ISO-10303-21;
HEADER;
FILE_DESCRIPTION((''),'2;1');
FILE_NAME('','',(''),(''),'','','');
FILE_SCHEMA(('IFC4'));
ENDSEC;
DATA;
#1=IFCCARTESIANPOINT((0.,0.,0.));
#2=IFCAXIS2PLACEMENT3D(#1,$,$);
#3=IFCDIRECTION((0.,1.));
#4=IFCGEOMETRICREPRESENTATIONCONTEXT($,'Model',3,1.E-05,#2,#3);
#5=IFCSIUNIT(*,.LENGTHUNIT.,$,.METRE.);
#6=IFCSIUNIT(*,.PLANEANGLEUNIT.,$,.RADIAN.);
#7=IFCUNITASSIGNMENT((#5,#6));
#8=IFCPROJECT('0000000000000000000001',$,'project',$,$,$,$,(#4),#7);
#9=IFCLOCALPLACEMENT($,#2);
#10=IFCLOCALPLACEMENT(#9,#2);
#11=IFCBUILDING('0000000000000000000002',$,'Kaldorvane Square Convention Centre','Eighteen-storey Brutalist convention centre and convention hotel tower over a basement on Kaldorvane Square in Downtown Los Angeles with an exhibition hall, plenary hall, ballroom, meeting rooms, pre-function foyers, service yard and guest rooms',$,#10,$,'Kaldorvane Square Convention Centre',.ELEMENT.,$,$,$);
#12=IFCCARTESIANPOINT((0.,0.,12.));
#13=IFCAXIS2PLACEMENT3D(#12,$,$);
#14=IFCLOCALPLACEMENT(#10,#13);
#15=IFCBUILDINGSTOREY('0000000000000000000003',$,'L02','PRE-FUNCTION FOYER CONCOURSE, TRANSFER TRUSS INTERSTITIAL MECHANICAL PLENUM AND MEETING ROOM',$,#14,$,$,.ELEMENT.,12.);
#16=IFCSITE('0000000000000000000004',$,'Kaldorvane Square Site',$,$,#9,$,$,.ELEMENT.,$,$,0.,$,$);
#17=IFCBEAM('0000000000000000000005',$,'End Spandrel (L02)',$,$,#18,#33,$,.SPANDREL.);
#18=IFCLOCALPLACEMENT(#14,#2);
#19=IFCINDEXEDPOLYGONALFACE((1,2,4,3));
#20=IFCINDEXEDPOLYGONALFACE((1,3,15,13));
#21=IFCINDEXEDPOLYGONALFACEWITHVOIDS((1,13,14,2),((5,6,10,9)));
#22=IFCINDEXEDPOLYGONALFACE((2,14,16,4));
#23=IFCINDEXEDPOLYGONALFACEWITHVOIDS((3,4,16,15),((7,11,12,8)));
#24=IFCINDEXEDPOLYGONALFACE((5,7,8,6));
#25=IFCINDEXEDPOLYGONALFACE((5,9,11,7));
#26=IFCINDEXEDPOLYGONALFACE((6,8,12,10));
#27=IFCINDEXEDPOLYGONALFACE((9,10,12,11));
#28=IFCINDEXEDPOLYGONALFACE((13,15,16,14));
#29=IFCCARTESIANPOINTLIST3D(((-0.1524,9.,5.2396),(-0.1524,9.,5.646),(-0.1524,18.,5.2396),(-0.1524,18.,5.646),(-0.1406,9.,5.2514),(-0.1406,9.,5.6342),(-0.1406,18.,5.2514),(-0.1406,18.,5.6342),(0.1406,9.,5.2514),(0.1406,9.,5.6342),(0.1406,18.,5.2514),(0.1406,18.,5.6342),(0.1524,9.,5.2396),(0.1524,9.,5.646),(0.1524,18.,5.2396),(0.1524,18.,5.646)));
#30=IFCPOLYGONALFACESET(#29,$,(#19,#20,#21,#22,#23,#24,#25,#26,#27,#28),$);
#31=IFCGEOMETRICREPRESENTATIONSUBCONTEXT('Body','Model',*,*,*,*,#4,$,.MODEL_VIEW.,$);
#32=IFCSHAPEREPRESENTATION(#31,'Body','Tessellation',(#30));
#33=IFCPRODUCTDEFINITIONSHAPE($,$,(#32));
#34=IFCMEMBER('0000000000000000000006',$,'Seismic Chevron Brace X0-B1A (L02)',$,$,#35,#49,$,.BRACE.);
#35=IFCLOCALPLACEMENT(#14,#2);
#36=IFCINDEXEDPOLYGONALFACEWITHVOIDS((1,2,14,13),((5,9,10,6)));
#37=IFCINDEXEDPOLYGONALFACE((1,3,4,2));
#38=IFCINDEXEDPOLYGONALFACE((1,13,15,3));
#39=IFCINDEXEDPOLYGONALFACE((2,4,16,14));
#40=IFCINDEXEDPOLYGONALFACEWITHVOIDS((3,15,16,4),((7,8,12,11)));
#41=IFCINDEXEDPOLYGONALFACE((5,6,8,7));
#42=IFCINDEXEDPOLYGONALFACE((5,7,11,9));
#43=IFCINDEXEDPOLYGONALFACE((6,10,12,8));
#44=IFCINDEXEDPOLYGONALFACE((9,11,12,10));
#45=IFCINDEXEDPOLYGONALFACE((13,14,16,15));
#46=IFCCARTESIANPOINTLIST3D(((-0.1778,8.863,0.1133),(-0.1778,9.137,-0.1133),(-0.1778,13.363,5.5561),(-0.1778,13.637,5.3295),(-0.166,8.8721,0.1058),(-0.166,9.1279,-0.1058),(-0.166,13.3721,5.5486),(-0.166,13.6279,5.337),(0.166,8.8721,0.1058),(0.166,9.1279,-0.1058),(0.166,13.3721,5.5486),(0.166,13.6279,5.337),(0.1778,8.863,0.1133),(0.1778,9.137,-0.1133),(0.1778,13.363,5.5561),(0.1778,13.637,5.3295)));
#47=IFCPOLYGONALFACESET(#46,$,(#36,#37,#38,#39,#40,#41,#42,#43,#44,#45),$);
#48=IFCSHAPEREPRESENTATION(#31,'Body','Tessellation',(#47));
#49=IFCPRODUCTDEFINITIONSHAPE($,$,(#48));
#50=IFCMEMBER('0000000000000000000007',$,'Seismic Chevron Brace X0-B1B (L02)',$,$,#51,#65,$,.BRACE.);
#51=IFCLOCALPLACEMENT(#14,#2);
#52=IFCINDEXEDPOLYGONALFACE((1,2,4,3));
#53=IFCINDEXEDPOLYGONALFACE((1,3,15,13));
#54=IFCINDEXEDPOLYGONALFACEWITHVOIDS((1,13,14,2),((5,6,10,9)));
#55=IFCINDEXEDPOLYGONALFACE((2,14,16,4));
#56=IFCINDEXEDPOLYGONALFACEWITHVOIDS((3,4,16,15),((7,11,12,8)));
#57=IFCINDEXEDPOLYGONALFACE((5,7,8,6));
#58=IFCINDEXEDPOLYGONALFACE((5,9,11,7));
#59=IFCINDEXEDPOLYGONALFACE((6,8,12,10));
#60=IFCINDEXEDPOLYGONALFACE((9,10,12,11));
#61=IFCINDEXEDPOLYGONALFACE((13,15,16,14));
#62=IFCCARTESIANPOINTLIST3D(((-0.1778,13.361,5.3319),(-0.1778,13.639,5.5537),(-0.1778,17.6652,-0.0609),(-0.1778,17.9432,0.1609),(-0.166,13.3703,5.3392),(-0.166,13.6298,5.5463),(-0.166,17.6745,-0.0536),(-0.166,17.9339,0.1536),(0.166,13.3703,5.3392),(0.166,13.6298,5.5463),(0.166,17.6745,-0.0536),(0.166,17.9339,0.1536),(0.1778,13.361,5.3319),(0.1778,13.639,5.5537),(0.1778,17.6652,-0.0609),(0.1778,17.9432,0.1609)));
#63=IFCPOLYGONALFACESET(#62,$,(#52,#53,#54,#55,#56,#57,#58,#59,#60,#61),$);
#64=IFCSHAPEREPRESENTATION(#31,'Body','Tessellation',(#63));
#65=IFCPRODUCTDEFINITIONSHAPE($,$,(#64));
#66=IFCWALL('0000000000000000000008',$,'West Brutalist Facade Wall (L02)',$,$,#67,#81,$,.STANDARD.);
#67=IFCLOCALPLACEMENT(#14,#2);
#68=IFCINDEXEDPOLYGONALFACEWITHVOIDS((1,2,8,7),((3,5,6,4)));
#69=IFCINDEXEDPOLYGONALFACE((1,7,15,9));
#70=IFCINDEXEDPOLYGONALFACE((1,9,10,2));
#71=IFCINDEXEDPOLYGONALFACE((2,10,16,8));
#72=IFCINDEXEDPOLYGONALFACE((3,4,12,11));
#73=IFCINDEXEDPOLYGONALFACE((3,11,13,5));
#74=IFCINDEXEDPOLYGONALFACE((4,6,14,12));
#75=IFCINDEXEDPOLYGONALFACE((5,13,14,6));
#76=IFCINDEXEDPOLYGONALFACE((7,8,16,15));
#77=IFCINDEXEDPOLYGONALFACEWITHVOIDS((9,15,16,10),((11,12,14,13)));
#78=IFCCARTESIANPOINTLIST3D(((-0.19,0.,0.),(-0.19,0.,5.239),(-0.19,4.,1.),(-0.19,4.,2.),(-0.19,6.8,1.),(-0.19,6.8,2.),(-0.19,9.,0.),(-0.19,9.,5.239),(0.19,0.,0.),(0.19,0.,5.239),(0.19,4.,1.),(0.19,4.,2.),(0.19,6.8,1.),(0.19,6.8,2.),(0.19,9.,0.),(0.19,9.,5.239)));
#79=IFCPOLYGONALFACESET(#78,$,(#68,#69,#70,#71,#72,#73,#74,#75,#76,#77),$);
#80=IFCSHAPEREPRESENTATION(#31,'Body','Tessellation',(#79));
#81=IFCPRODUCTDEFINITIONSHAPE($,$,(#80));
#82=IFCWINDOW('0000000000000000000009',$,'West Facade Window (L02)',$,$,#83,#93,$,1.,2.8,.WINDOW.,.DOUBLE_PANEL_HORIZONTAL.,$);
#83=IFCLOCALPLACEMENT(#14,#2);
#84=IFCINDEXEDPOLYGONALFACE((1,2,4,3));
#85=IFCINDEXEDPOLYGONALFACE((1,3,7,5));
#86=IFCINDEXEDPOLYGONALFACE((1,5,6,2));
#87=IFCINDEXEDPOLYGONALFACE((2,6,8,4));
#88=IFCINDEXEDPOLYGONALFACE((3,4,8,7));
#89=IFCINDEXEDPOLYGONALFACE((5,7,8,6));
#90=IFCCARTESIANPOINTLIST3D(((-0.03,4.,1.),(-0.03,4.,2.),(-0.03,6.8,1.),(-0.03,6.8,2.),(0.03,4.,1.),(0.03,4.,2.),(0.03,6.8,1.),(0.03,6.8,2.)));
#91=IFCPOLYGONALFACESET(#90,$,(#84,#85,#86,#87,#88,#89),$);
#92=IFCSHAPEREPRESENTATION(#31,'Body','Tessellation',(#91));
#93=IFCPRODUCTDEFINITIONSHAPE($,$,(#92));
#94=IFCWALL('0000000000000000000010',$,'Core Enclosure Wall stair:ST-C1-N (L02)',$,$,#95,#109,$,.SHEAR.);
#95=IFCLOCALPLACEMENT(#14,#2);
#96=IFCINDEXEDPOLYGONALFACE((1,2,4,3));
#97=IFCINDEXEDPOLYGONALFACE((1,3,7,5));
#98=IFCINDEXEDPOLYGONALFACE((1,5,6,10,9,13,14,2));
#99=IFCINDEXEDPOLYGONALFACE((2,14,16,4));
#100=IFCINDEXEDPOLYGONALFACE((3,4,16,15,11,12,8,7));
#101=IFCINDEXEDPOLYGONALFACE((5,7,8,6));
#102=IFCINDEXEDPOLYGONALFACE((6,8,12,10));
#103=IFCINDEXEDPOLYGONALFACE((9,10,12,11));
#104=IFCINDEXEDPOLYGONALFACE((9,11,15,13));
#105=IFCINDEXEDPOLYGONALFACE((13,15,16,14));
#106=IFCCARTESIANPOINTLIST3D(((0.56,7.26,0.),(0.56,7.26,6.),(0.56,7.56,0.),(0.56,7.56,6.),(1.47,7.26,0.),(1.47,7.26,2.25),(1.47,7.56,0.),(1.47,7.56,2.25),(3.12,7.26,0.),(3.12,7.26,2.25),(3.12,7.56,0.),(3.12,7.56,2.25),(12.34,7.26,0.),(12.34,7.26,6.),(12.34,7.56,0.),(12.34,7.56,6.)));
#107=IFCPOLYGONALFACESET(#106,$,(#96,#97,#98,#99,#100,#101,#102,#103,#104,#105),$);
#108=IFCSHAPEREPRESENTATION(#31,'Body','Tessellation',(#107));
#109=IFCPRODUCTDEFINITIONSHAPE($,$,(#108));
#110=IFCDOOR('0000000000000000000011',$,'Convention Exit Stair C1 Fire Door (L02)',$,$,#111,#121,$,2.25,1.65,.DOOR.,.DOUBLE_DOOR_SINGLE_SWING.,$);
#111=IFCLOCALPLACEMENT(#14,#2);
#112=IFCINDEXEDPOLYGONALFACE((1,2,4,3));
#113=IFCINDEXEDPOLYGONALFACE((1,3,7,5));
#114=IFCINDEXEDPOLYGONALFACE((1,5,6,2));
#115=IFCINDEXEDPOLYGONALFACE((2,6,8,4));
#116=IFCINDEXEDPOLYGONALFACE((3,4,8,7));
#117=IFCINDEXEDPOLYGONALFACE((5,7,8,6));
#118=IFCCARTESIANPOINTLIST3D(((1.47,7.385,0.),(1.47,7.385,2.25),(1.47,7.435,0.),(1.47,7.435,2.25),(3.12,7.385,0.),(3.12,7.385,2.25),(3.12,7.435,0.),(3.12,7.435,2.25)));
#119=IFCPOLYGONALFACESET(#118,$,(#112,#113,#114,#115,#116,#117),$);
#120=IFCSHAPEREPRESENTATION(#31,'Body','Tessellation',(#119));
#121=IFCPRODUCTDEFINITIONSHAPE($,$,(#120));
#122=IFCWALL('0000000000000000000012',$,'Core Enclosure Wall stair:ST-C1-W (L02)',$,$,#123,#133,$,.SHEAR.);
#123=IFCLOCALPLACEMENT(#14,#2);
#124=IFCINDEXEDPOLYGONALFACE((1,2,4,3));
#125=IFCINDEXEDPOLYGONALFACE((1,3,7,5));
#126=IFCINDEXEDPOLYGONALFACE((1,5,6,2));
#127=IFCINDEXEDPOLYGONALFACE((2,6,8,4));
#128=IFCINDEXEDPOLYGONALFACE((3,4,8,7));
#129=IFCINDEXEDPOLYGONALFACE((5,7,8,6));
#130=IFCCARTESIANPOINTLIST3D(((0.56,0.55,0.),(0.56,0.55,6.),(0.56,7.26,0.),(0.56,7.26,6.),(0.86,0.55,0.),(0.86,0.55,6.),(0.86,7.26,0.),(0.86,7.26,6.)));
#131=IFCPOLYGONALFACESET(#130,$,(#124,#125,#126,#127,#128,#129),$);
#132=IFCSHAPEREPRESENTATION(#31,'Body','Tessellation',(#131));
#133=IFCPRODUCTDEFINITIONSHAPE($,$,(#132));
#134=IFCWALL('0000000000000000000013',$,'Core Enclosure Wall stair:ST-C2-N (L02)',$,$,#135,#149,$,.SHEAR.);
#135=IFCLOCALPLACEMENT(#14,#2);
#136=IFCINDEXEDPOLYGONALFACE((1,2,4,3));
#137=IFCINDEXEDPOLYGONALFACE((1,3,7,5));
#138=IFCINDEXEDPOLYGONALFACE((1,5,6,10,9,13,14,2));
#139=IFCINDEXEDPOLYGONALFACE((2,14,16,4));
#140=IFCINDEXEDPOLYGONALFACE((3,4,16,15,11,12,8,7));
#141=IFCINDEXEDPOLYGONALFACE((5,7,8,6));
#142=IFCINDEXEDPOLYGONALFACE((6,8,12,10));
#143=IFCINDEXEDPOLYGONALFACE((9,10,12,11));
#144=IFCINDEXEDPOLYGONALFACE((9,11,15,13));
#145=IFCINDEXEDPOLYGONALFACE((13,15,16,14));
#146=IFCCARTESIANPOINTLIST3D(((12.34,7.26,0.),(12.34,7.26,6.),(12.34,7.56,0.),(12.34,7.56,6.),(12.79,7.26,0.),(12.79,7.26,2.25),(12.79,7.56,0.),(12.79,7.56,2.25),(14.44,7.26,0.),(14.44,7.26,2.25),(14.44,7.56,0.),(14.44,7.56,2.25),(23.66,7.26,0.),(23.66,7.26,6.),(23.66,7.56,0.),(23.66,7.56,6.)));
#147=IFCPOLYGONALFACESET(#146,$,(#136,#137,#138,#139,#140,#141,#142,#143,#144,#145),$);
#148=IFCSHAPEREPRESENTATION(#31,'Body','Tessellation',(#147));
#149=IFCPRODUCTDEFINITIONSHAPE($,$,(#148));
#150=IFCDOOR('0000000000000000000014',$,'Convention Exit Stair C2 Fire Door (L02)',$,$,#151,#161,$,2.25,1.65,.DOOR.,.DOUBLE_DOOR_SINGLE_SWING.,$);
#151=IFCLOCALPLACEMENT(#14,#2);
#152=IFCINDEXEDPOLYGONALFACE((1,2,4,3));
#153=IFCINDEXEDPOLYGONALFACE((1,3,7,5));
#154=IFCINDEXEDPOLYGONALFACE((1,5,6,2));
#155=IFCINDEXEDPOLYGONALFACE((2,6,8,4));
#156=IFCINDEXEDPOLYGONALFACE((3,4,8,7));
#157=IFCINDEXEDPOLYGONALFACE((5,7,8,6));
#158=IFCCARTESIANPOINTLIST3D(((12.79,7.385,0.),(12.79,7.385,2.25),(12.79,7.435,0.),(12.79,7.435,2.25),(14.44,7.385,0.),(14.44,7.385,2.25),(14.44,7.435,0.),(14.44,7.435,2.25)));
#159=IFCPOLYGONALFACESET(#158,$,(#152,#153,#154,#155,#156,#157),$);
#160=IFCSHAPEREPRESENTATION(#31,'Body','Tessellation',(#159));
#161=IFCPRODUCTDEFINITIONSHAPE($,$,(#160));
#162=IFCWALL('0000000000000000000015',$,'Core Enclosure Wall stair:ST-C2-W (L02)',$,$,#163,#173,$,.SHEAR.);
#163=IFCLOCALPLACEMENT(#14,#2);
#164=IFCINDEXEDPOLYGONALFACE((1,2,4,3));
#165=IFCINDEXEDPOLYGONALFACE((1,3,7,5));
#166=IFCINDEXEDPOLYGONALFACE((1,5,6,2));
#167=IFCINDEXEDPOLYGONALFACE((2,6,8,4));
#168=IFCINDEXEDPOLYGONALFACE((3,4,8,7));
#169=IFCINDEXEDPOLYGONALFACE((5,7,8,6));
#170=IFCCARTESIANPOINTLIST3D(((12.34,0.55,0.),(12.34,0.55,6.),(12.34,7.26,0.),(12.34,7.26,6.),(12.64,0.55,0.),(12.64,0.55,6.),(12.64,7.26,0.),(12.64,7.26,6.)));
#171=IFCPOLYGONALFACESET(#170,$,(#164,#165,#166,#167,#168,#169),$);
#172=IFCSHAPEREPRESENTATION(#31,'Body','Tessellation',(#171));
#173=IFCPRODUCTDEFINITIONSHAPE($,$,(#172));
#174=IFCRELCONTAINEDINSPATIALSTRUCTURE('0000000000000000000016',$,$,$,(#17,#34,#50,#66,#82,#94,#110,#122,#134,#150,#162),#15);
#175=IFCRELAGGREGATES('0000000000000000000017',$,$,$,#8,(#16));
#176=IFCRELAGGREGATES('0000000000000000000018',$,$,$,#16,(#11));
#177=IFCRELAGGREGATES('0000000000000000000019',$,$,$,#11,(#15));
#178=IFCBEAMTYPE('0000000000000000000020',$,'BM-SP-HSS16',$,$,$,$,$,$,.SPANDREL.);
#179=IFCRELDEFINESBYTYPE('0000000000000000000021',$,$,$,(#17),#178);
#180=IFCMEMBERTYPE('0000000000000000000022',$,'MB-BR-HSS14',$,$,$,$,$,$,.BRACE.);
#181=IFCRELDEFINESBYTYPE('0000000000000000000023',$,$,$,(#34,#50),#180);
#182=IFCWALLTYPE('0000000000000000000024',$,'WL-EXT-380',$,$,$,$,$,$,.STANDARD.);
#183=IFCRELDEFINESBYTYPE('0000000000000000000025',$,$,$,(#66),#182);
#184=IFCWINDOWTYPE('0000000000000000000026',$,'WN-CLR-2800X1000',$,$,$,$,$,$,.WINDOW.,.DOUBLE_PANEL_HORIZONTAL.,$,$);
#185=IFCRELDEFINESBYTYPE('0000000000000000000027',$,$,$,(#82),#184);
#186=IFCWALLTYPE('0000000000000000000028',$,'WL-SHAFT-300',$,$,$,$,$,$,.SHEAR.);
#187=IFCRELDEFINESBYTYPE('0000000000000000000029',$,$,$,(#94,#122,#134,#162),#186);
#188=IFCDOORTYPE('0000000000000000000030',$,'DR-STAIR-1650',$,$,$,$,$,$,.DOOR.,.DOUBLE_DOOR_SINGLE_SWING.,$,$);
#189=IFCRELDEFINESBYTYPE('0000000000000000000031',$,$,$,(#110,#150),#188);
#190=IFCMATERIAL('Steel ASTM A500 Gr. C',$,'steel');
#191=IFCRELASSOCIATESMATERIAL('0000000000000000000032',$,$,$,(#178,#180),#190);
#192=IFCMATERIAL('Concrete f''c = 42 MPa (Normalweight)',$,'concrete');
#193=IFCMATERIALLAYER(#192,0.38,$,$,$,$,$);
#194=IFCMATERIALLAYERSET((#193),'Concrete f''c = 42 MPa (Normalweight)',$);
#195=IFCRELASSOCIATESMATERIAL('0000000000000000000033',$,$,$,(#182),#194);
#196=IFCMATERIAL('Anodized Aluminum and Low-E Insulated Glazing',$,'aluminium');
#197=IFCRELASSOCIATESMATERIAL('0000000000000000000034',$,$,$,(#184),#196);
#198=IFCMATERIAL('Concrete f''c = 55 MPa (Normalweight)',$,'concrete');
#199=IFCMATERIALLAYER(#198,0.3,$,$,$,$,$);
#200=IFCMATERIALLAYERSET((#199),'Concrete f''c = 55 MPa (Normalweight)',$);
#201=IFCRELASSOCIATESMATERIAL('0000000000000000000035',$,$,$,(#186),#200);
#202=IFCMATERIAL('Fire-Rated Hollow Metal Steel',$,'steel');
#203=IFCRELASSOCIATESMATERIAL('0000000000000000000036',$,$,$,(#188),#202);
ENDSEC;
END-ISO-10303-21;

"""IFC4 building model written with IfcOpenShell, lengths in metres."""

from ifc_helpers import new_model, si_unit, direction, frame, frame_2d, origin, origin_2d, place, context, subcontext, project, spatial, rectangle, hollow_rectangle, extrude, material, layer, layer_set, material_profile, profile_set, type_object, element, fill, save


model = new_model("IFC4")

# Units and contexts
model_context = context("Model", 3, precision=1e-05, world=origin(), true_north=direction((0.0, 1.0)))
body_context = subcontext(model_context, "Body", "Model", "MODEL_VIEW")
ifc_project = project(units=[si_unit("LENGTHUNIT", "METRE"), si_unit("PLANEANGLEUNIT", "RADIAN")], contexts=[model_context])

# Site, building, storey
site_placement = place(None, origin())
site = spatial("IfcSite", under=ifc_project, at=site_placement, Name="Kaldorvane Square Site", CompositionType="ELEMENT", RefElevation=0.0)
building_placement = place(site_placement, origin())
building = spatial("IfcBuilding", under=site, at=building_placement, Name="Kaldorvane Square Convention Centre", Description="Eighteen-storey Brutalist convention centre and convention hotel tower over a basement on Kaldorvane Square in Downtown Los Angeles with an exhibition hall, plenary hall, ballroom, meeting rooms, pre-function foyers, service yard and guest rooms", LongName="Kaldorvane Square Convention Centre", CompositionType="ELEMENT")
storey_placement = place(building_placement, frame((0.0, 0.0, 12.0)))
storey = spatial("IfcBuildingStorey", under=building, at=storey_placement, Name="L02", Description="PRE-FUNCTION FOYER CONCOURSE, TRANSFER TRUSS INTERSTITIAL MECHANICAL PLENUM AND MEETING ROOM", CompositionType="ELEMENT", Elevation=12.0)

# Shared definitions
ifc_material_1 = material(Name="Steel ASTM A500 Gr. C", Category="steel")

# Beam
ifc_material_profile_1 = material_profile(ifc_material_1, hollow_rectangle(XDim=0.3048, YDim=0.4064, WallThickness=0.0118, at=origin_2d()), Name="HSS16X12X1/2")
ifc_profile_set_1 = profile_set([ifc_material_profile_1], Name="Steel ASTM A500 Gr. C")
beam_type_1 = type_object("IfcBeamType", Name="BM-SP-HSS16", PredefinedType="SPANDREL", material=ifc_profile_set_1)
beam_1_placement = place(storey_placement, frame((0.0, 9.0, 5.4428), z_axis=(0.0, 1.0, 0.0), x_axis=(-1.0, 0.0, 0.0)))
element("IfcBeam", 1, at=beam_1_placement, inside=storey, type_object=beam_type_1, Name="End Spandrel (L02)", PredefinedType="SPANDREL", context=body_context, shape_type="SweptSolid", body=[
    extrude(hollow_rectangle(XDim=0.3048, YDim=0.4064, WallThickness=0.0118, at=origin_2d()), origin(), (0.0, 0.0, 1.0), 9.0),
])

# Members
ifc_material_profile_2 = material_profile(ifc_material_1, hollow_rectangle(XDim=0.3556, YDim=0.3556, WallThickness=0.0118, at=origin_2d()), Name="HSS14X14X1/2")
ifc_profile_set_2 = profile_set([ifc_material_profile_2], Name="Steel ASTM A500 Gr. C")
member_type = type_object("IfcMemberType", Name="MB-BR-HSS14", PredefinedType="BRACE", material=ifc_profile_set_2)
member_1_placement = place(storey_placement, frame((0.0, 9.0, 0.0), z_axis=(0.0, 0.637199, 0.770699), x_axis=(-1.0, 0.0, 0.0)))
element("IfcMember", 2, at=member_1_placement, inside=storey, type_object=member_type, Name="Seismic Chevron Brace X0-B1A (L02)", PredefinedType="BRACE", context=body_context, shape_type="SweptSolid", body=[
    extrude(hollow_rectangle(XDim=0.3556, YDim=0.3556, WallThickness=0.0118, at=origin_2d()), origin(), (0.0, 0.0, 1.0), 7.0621),
])
member_2_placement = place(storey_placement, frame((0.0, 17.8042, 0.05), z_axis=(0.0, -0.623808, 0.781578), x_axis=(1.0, 0.0, 0.0)))
element("IfcMember", 3, at=member_2_placement, inside=storey, type_object=member_type, Name="Seismic Chevron Brace X0-B1B (L02)", PredefinedType="BRACE", context=body_context, shape_type="SweptSolid", body=[
    extrude(hollow_rectangle(XDim=0.3556, YDim=0.3556, WallThickness=0.0118, at=origin_2d()), origin(), (0.0, 0.0, 1.0), 6.8999),
])

# Wall, opening, window
ifc_material_2 = material(Name="Concrete f'c = 42 MPa (Normalweight)", Category="concrete")
ifc_layer_1 = layer(ifc_material_2, 0.38)
ifc_layer_set_1 = layer_set([ifc_layer_1], Name="Concrete f'c = 42 MPa (Normalweight)")
wall_type_1 = type_object("IfcWallType", Name="WL-EXT-380", PredefinedType="STANDARD", material=ifc_layer_set_1)
wall_1_placement = place(storey_placement, frame((0.0, 9.0, 0.0), z_axis=(0.0, 0.0, 1.0), x_axis=(0.0, -1.0, 0.0)))
wall_1 = element("IfcWall", 4, at=wall_1_placement, inside=storey, type_object=wall_type_1, Name="West Brutalist Facade Wall (L02)", PredefinedType="STANDARD", context=body_context, shape_type="SweptSolid", body=[
    extrude(rectangle(XDim=9.0, YDim=0.38, at=frame_2d((4.5, 0.0))), origin(), (0.0, 0.0, 1.0), 5.239),
])
opening_1_placement = place(wall_1_placement, frame((2.2, 0.0, 1.0)))
opening_1 = element("IfcOpeningElement", 5, at=opening_1_placement, cuts=wall_1, PredefinedType="OPENING", context=body_context, shape_type="SweptSolid", body=[
    extrude(rectangle(XDim=2.8, YDim=1.0, at=frame_2d((1.4, 0.5))), frame((0.0, 0.205, 0.0), z_axis=(0.0, -1.0, 0.0), x_axis=(1.0, 0.0, 0.0)), (0.0, 0.0, 1.0), 0.41),
])
ifc_material_3 = material(Name="Anodized Aluminum and Low-E Insulated Glazing", Category="aluminium")
window_type = type_object("IfcWindowType", Name="WN-CLR-2800X1000", PartitioningType="DOUBLE_PANEL_HORIZONTAL", PredefinedType="WINDOW", material=ifc_material_3)
window_placement = place(opening_1_placement, origin())
window = element("IfcWindow", 6, at=window_placement, inside=storey, type_object=window_type, Name="West Facade Window (L02)", OverallHeight=1.0, OverallWidth=2.8, PartitioningType="DOUBLE_PANEL_HORIZONTAL", PredefinedType="WINDOW", context=body_context, shape_type="SweptSolid", body=[
    extrude(rectangle(XDim=2.8, YDim=1.0, at=frame_2d((1.4, 0.5))), frame((0.0, 0.03, 0.0), z_axis=(0.0, -1.0, 0.0), x_axis=(1.0, 0.0, 0.0)), (0.0, 0.0, 1.0), 0.06),
])
fill(opening_1, window)

# Wall, opening, door
ifc_material_4 = material(Name="Concrete f'c = 55 MPa (Normalweight)", Category="concrete")
ifc_layer_2 = layer(ifc_material_4, 0.3)
ifc_layer_set_2 = layer_set([ifc_layer_2], Name="Concrete f'c = 55 MPa (Normalweight)")
wall_type_2 = type_object("IfcWallType", Name="WL-SHAFT-300", PredefinedType="SHEAR", material=ifc_layer_set_2)
wall_2_placement = place(storey_placement, frame((12.34, 7.41, 0.0), z_axis=(0.0, 0.0, 1.0), x_axis=(-1.0, 0.0, 0.0)))
wall_2 = element("IfcWall", 7, at=wall_2_placement, inside=storey, type_object=wall_type_2, Name="Core Enclosure Wall stair:ST-C1-N (L02)", PredefinedType="SHEAR", context=body_context, shape_type="SweptSolid", body=[
    extrude(rectangle(XDim=11.78, YDim=0.3, at=frame_2d((5.89, 0.0))), origin(), (0.0, 0.0, 1.0), 6.0),
])
opening_2_placement = place(wall_2_placement, frame((9.22, 0.0, 0.0)))
opening_2 = element("IfcOpeningElement", 8, at=opening_2_placement, cuts=wall_2, PredefinedType="OPENING", context=body_context, shape_type="SweptSolid", body=[
    extrude(rectangle(XDim=1.65, YDim=2.25, at=frame_2d((0.825, 1.125))), frame((0.0, 0.165, 0.0), z_axis=(0.0, -1.0, 0.0), x_axis=(1.0, 0.0, 0.0)), (0.0, 0.0, 1.0), 0.33),
])
ifc_material_5 = material(Name="Fire-Rated Hollow Metal Steel", Category="steel")
door_type = type_object("IfcDoorType", Name="DR-STAIR-1650", OperationType="DOUBLE_DOOR_SINGLE_SWING", PredefinedType="DOOR", material=ifc_material_5)
door_1_placement = place(opening_2_placement, origin())
door_1 = element("IfcDoor", 9, at=door_1_placement, inside=storey, type_object=door_type, Name="Convention Exit Stair C1 Fire Door (L02)", OperationType="DOUBLE_DOOR_SINGLE_SWING", OverallHeight=2.25, OverallWidth=1.65, PredefinedType="DOOR", context=body_context, shape_type="SweptSolid", body=[
    extrude(rectangle(XDim=1.65, YDim=2.25, at=frame_2d((0.825, 1.125))), frame((0.0, 0.025, 0.0), z_axis=(0.0, -1.0, 0.0), x_axis=(1.0, 0.0, 0.0)), (0.0, 0.0, 1.0), 0.05),
])
fill(opening_2, door_1)

# Wall
wall_3_placement = place(storey_placement, frame((0.71, 7.26, 0.0), z_axis=(0.0, 0.0, 1.0), x_axis=(0.0, -1.0, 0.0)))
element("IfcWall", 10, at=wall_3_placement, inside=storey, type_object=wall_type_2, Name="Core Enclosure Wall stair:ST-C1-W (L02)", PredefinedType="SHEAR", context=body_context, shape_type="SweptSolid", body=[
    extrude(rectangle(XDim=6.71, YDim=0.3, at=frame_2d((3.355, 0.0))), origin(), (0.0, 0.0, 1.0), 6.0),
])

# Wall, opening, door
wall_4_placement = place(storey_placement, frame((23.66, 7.41, 0.0), z_axis=(0.0, 0.0, 1.0), x_axis=(-1.0, 0.0, 0.0)))
wall_4 = element("IfcWall", 11, at=wall_4_placement, inside=storey, type_object=wall_type_2, Name="Core Enclosure Wall stair:ST-C2-N (L02)", PredefinedType="SHEAR", context=body_context, shape_type="SweptSolid", body=[
    extrude(rectangle(XDim=11.32, YDim=0.3, at=frame_2d((5.66, 0.0))), origin(), (0.0, 0.0, 1.0), 6.0),
])
opening_3_placement = place(wall_4_placement, frame((9.22, 0.0, 0.0)))
opening_3 = element("IfcOpeningElement", 12, at=opening_3_placement, cuts=wall_4, PredefinedType="OPENING", context=body_context, shape_type="SweptSolid", body=[
    extrude(rectangle(XDim=1.65, YDim=2.25, at=frame_2d((0.825, 1.125))), frame((0.0, 0.165, 0.0), z_axis=(0.0, -1.0, 0.0), x_axis=(1.0, 0.0, 0.0)), (0.0, 0.0, 1.0), 0.33),
])
door_2_placement = place(opening_3_placement, origin())
door_2 = element("IfcDoor", 13, at=door_2_placement, inside=storey, type_object=door_type, Name="Convention Exit Stair C2 Fire Door (L02)", OperationType="DOUBLE_DOOR_SINGLE_SWING", OverallHeight=2.25, OverallWidth=1.65, PredefinedType="DOOR", context=body_context, shape_type="SweptSolid", body=[
    extrude(rectangle(XDim=1.65, YDim=2.25, at=frame_2d((0.825, 1.125))), frame((0.0, 0.025, 0.0), z_axis=(0.0, -1.0, 0.0), x_axis=(1.0, 0.0, 0.0)), (0.0, 0.0, 1.0), 0.05),
])
fill(opening_3, door_2)

# Wall
wall_5_placement = place(storey_placement, frame((12.49, 7.26, 0.0), z_axis=(0.0, 0.0, 1.0), x_axis=(0.0, -1.0, 0.0)))
element("IfcWall", 14, at=wall_5_placement, inside=storey, type_object=wall_type_2, Name="Core Enclosure Wall stair:ST-C2-W (L02)", PredefinedType="SHEAR", context=body_context, shape_type="SweptSolid", body=[
    extrude(rectangle(XDim=6.71, YDim=0.3, at=frame_2d((3.355, 0.0))), origin(), (0.0, 0.0, 1.0), 6.0),
])

save(model, "model.ifc")
